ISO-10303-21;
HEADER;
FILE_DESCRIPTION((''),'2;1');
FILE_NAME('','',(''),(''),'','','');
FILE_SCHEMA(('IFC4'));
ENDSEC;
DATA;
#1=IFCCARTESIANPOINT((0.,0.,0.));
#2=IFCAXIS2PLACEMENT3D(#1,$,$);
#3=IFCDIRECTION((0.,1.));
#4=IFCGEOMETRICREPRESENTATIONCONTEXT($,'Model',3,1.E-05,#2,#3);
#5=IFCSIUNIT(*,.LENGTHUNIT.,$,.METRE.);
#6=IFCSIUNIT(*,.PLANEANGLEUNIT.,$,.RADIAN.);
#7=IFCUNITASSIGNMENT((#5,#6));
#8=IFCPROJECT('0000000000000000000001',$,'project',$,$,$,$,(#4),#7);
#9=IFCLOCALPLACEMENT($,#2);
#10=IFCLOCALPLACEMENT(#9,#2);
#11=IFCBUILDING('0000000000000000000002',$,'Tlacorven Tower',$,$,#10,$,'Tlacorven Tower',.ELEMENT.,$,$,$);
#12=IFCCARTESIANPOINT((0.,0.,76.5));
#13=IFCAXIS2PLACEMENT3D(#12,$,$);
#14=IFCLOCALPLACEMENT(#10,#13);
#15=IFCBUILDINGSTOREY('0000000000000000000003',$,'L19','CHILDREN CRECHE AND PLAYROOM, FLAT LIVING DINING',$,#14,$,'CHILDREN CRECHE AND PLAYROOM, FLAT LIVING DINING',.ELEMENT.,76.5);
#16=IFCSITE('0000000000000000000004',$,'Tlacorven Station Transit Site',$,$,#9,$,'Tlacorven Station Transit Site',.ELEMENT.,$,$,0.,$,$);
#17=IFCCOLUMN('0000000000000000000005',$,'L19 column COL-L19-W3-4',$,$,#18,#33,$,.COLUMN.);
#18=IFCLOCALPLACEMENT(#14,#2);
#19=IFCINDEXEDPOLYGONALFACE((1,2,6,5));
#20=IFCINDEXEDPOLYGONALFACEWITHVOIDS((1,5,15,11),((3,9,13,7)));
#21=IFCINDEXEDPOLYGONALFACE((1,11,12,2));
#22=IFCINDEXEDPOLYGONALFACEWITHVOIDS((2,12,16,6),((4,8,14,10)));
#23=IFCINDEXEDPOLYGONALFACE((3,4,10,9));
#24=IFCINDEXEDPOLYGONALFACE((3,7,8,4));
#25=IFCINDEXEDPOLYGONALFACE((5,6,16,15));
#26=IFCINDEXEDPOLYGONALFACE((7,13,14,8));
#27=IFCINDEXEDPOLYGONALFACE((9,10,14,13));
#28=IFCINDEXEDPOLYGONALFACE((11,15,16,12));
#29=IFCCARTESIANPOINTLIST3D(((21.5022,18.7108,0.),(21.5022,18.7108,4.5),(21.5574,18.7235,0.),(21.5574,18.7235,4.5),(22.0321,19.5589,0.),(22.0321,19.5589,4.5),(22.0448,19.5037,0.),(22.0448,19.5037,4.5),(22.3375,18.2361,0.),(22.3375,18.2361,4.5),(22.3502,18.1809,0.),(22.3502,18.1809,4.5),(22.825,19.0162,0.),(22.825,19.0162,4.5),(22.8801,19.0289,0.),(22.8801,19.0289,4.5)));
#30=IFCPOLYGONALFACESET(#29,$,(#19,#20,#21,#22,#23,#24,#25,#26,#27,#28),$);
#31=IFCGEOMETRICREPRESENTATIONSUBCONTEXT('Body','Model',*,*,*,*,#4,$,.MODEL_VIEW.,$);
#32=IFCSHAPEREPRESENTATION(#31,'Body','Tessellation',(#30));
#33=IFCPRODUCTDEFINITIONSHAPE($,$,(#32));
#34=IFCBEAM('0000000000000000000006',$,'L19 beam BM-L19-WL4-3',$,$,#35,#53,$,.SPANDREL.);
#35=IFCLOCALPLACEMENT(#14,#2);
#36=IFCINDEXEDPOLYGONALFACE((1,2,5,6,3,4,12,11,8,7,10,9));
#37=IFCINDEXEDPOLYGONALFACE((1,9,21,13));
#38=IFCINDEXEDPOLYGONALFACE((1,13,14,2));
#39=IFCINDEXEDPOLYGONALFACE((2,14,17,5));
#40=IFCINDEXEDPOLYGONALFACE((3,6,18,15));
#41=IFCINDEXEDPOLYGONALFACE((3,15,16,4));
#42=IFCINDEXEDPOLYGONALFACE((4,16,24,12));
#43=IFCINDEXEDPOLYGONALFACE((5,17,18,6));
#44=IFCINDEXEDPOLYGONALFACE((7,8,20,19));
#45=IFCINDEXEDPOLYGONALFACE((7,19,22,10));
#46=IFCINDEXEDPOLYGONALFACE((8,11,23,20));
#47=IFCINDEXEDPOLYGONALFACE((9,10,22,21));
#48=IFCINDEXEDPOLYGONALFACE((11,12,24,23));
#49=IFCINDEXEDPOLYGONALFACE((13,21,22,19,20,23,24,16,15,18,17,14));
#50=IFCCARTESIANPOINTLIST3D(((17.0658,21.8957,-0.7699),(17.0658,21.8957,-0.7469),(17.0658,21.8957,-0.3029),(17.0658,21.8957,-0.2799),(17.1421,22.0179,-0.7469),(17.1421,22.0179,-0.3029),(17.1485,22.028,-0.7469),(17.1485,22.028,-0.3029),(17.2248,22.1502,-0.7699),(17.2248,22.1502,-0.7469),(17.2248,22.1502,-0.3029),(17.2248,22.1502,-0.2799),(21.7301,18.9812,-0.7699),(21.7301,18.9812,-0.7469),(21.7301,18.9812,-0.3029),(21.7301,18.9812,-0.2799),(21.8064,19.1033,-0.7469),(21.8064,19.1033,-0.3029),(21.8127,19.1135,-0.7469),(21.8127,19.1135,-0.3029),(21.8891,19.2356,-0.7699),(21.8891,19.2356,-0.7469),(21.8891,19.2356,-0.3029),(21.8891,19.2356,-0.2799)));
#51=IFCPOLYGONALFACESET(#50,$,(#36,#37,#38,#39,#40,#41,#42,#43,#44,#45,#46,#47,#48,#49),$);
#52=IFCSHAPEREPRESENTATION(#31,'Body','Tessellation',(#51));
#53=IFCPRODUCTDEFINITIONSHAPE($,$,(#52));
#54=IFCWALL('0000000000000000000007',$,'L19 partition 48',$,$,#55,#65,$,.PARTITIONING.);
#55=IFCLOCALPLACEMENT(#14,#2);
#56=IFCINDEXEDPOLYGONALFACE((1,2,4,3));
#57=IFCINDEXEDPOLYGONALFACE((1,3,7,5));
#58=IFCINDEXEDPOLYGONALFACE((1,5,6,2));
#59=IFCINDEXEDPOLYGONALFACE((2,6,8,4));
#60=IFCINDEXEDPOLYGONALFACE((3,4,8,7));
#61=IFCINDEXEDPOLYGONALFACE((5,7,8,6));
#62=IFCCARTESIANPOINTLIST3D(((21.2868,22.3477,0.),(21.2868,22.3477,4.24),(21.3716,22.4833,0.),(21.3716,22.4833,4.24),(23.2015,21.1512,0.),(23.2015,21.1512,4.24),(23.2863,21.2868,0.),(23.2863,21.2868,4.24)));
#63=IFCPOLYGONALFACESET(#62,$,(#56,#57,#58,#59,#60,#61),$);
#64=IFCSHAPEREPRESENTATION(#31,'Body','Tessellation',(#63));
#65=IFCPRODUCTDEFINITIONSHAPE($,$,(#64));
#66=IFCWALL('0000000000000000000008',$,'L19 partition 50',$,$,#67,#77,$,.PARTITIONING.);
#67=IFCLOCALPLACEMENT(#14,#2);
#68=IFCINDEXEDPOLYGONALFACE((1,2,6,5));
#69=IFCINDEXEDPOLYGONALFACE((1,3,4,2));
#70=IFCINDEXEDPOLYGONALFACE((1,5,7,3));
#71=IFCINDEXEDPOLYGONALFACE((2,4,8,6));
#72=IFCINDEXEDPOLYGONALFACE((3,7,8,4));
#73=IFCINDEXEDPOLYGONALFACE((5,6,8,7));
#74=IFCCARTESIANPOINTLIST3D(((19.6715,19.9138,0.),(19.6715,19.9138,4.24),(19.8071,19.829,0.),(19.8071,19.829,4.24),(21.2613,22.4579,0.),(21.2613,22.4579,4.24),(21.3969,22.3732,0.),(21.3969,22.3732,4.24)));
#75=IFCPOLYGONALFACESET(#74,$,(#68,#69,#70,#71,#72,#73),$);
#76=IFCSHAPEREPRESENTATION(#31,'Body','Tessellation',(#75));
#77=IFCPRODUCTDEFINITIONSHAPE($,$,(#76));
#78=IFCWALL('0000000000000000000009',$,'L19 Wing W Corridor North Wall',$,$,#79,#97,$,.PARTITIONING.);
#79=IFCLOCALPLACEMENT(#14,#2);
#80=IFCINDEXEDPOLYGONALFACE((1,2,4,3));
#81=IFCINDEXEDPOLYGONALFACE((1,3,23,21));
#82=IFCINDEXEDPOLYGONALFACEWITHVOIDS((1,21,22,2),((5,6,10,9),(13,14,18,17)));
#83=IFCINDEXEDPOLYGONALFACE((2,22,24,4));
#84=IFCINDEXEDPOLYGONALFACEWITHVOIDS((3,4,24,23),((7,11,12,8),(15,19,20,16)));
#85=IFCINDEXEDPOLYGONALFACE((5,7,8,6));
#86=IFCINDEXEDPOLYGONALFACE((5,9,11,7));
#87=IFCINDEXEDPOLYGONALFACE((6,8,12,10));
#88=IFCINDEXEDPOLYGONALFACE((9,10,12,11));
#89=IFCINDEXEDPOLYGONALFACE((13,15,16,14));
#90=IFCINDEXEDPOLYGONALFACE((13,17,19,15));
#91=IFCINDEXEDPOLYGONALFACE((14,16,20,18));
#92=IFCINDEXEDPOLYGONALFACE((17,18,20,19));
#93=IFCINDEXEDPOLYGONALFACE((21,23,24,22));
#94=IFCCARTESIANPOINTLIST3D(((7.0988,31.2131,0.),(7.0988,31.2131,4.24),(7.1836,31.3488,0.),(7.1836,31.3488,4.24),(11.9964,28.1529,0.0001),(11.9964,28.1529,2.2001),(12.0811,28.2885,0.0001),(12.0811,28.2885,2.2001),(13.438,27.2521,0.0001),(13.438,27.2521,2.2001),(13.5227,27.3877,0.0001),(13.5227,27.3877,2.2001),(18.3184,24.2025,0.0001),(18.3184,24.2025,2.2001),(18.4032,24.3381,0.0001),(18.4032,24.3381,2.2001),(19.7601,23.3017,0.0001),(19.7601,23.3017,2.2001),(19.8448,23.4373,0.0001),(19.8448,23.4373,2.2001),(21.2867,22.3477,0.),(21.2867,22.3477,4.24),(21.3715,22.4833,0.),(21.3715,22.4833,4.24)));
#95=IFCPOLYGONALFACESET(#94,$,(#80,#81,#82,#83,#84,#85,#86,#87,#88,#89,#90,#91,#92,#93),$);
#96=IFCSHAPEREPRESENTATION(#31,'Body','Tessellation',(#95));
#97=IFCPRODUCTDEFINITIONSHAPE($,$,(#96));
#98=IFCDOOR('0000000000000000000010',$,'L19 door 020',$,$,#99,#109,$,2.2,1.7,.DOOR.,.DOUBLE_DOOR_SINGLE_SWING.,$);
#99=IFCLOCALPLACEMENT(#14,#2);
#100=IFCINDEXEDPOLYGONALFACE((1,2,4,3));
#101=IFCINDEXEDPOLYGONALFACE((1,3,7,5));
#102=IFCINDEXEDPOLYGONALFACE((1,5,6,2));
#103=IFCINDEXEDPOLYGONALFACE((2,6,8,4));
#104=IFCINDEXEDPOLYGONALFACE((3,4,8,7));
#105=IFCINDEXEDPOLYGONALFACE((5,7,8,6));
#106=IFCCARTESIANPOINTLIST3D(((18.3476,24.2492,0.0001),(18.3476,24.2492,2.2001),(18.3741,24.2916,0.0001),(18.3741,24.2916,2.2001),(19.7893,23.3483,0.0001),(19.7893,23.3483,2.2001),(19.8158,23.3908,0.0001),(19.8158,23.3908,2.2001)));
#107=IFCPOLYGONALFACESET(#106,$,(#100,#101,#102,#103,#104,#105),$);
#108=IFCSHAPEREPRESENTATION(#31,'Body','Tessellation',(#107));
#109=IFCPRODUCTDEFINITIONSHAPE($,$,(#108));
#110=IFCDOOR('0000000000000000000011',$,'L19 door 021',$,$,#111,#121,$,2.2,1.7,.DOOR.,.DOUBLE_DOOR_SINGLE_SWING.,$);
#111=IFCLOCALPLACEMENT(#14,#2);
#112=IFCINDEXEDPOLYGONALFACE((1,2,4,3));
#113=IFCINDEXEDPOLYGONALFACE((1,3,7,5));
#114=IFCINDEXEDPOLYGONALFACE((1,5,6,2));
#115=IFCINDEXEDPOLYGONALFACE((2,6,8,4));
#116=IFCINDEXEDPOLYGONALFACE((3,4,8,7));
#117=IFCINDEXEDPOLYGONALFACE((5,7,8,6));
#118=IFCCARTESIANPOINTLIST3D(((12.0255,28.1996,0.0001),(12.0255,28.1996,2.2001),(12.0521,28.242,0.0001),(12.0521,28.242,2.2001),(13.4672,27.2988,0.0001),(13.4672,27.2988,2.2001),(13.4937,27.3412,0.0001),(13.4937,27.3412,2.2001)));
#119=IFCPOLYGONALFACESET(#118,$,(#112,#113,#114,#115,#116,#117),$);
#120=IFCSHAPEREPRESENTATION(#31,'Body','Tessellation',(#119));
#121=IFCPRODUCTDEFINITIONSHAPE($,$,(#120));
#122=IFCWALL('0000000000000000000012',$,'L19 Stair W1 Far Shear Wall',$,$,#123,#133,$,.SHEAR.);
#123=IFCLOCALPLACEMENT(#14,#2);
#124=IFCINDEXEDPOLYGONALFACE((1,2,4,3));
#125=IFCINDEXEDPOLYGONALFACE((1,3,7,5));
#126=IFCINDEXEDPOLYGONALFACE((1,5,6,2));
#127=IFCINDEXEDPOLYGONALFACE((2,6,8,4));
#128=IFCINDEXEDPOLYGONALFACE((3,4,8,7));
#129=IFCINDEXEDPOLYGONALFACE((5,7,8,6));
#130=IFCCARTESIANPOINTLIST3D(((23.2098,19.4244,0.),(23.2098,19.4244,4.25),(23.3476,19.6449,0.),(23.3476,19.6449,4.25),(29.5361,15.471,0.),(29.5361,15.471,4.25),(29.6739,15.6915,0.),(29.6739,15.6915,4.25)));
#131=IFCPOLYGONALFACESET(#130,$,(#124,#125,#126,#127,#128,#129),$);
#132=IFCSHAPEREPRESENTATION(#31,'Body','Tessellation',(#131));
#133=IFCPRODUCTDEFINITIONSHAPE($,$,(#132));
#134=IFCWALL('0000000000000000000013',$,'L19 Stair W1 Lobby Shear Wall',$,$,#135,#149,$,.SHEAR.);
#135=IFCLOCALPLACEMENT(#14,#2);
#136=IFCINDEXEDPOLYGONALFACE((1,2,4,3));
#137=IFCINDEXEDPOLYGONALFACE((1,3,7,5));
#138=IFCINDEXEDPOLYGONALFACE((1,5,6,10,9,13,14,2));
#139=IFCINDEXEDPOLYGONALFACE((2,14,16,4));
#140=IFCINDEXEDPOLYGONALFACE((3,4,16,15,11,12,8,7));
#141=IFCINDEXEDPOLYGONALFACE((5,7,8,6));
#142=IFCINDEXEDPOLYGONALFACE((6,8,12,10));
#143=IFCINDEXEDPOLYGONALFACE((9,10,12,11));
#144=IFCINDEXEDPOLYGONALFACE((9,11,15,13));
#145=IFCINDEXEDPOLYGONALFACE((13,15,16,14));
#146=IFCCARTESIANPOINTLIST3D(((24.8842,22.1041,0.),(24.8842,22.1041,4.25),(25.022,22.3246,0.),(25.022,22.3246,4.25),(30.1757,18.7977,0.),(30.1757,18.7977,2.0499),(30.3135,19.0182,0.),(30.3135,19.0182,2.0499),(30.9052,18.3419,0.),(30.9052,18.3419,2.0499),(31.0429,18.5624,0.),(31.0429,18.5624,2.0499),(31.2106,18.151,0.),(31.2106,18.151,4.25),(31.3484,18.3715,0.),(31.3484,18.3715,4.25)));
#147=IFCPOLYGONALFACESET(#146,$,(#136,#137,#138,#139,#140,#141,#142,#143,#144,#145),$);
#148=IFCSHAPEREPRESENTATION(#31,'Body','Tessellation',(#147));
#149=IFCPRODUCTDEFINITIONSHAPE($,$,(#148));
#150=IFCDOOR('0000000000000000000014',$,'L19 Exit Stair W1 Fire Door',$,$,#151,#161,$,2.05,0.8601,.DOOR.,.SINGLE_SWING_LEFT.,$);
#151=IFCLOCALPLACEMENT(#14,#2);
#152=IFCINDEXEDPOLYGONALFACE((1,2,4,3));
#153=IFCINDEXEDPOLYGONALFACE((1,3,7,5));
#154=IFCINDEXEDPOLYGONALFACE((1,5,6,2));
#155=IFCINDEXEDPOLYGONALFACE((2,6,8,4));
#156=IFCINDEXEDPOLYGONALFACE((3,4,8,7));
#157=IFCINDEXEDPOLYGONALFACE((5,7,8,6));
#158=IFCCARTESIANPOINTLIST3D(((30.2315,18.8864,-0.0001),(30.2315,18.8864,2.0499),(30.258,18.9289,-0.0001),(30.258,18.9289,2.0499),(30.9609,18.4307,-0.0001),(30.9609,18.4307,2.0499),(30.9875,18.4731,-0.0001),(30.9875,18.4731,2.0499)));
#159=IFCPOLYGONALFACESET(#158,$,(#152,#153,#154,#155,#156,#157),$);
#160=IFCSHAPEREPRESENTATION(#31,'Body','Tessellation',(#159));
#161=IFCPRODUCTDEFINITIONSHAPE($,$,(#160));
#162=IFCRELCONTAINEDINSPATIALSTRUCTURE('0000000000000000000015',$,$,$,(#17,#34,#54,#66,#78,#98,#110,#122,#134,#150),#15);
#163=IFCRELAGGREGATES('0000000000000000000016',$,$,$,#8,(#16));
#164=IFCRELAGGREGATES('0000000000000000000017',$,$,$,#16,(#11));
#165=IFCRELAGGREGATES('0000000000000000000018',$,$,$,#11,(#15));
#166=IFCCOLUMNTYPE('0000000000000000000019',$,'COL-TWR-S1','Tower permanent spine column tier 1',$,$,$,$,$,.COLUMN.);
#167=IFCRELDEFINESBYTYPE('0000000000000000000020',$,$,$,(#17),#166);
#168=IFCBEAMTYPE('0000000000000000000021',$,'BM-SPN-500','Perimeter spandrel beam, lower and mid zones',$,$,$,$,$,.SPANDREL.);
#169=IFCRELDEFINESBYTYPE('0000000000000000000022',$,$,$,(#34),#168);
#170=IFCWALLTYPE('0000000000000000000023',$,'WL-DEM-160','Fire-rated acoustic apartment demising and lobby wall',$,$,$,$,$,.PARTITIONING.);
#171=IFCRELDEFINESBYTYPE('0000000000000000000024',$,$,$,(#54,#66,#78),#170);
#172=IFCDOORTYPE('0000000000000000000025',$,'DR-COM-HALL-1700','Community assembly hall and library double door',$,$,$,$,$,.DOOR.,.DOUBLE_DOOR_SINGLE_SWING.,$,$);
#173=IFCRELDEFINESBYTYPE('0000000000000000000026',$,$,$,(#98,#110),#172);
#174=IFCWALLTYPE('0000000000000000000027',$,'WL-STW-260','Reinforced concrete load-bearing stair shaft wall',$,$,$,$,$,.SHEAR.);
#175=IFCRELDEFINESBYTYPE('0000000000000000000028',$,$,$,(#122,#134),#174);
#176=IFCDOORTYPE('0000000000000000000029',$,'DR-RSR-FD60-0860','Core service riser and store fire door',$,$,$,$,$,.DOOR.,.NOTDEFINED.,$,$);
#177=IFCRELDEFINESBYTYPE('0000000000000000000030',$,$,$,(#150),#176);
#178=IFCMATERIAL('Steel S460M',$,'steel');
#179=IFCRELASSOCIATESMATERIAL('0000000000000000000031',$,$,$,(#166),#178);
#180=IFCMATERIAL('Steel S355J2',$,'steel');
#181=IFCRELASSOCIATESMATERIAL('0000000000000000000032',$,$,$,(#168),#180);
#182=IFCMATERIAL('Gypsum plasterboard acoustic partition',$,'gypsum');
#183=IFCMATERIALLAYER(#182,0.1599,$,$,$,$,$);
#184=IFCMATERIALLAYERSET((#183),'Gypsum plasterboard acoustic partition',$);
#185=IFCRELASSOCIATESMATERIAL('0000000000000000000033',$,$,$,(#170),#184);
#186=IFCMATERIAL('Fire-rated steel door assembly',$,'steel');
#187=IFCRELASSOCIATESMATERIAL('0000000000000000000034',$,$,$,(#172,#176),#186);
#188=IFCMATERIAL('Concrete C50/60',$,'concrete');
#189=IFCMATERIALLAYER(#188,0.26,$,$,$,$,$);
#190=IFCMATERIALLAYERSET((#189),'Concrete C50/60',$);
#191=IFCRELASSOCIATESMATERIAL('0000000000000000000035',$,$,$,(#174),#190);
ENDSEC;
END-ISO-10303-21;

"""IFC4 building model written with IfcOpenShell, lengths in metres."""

from ifc_helpers import new_model, si_unit, direction, frame, frame_2d, origin, origin_2d, place, context, subcontext, project, spatial, rectangle, hollow_rectangle, i_section, extrude, source, transform, mapped, material, layer, layer_set, material_profile, profile_set, type_object, element, fill, save


model = new_model("IFC4")

# Units and contexts
model_context = context("Model", 3, precision=1e-05, world=origin(), true_north=direction((0.0, 1.0)))
body_context = subcontext(model_context, "Body", "Model", "MODEL_VIEW")
ifc_project = project(units=[si_unit("LENGTHUNIT", "METRE"), si_unit("PLANEANGLEUNIT", "RADIAN")], contexts=[model_context])

# Site, building, storey
site_placement = place(None, origin())
site = spatial("IfcSite", under=ifc_project, at=site_placement, Name="Tlacorven Station Transit Site", LongName="Tlacorven Station Transit Site", CompositionType="ELEMENT", RefElevation=0.0)
building_placement = place(site_placement, origin())
building = spatial("IfcBuilding", under=site, at=building_placement, Name="Tlacorven Tower", LongName="Tlacorven Tower", CompositionType="ELEMENT")
storey_placement = place(building_placement, frame((0.0, 0.0, 76.5)))
storey = spatial("IfcBuildingStorey", under=building, at=storey_placement, Name="L19", Description="CHILDREN CRECHE AND PLAYROOM, FLAT LIVING DINING", LongName="CHILDREN CRECHE AND PLAYROOM, FLAT LIVING DINING", CompositionType="ELEMENT", Elevation=76.5)

# Column
ifc_material_1 = material(Name="Steel S460M", Category="steel")
ifc_material_profile_1 = material_profile(ifc_material_1, hollow_rectangle(XDim=1.0, YDim=1.0, WallThickness=0.04, at=origin_2d()), Name="BOX 1000X1000X40")
ifc_profile_set_1 = profile_set([ifc_material_profile_1], Name="Steel S460M")
column_type = type_object("IfcColumnType", Name="COL-TWR-S1", Description="Tower permanent spine column tier 1", PredefinedType="COLUMN", material=ifc_profile_set_1)
shared_shape_1 = source(origin(), body_context, "Body", "SweptSolid", [
    extrude(hollow_rectangle(XDim=1.0, YDim=1.0, WallThickness=0.04, at=origin_2d()), origin(), (0.0, 0.0, 1.0), 4.5),
])
column_placement = place(storey_placement, frame((22.1912, 18.8699, 0.0), z_axis=(0.0, 0.0, 1.0), x_axis=(-0.848048, 0.529919, 0.0)))
element("IfcColumn", 1, at=column_placement, inside=storey, type_object=column_type, Name="L19 column COL-L19-W3-4", PredefinedType="COLUMN", context=body_context, shape_type="MappedRepresentation", body=[
    mapped(shared_shape_1, transform((0.0, 0.0, 0.0), scale=1.0)),
])

# Beam
ifc_material_2 = material(Name="Steel S355J2", Category="steel")
ifc_material_profile_2 = material_profile(ifc_material_2, i_section(OverallWidth=0.3, OverallDepth=0.49, WebThickness=0.012, FlangeThickness=0.0229, at=origin_2d()), Name="HEA 500")
ifc_profile_set_2 = profile_set([ifc_material_profile_2], Name="Steel S355J2")
beam_type = type_object("IfcBeamType", Name="BM-SPN-500", Description="Perimeter spandrel beam, lower and mid zones", PredefinedType="SPANDREL", material=ifc_profile_set_2)
shared_shape_2 = source(origin(), body_context, "Body", "SweptSolid", [
    extrude(i_section(OverallWidth=0.3, OverallDepth=0.49, WebThickness=0.012, FlangeThickness=0.0229, at=origin_2d()), origin(), (0.0, 0.0, 1.0), 5.5),
])
beam_placement = place(storey_placement, frame((21.8096, 19.1084, -0.5249), z_axis=(-0.848051, 0.529915, 0.0), x_axis=(-0.529915, -0.848051, 0.0)))
element("IfcBeam", 2, at=beam_placement, inside=storey, type_object=beam_type, Name="L19 beam BM-L19-WL4-3", PredefinedType="SPANDREL", context=body_context, shape_type="MappedRepresentation", body=[
    mapped(shared_shape_2, transform((0.0, 0.0, 0.0), scale=1.0)),
])

# Walls
ifc_material_3 = material(Name="Gypsum plasterboard acoustic partition", Category="gypsum")
ifc_layer_1 = layer(ifc_material_3, 0.1599)
ifc_layer_set_1 = layer_set([ifc_layer_1], Name="Gypsum plasterboard acoustic partition")
wall_type_1 = type_object("IfcWallType", Name="WL-DEM-160", Description="Fire-rated acoustic apartment demising and lobby wall", PredefinedType="PARTITIONING", material=ifc_layer_set_1)
wall_1_placement = place(storey_placement, frame((23.2439, 21.219, 0.0), z_axis=(0.0, 0.0, 1.0), x_axis=(-0.848041, 0.529931, 0.0)))
element("IfcWall", 3, at=wall_1_placement, inside=storey, type_object=wall_type_1, Name="L19 partition 48", PredefinedType="PARTITIONING", context=body_context, shape_type="SweptSolid", body=[
    extrude(rectangle(XDim=2.2578, YDim=0.1599, at=frame_2d((1.1289, 0.0))), origin(), (0.0, 0.0, 1.0), 4.24),
])
wall_2_placement = place(storey_placement, frame((21.3291, 22.4155, 0.0), z_axis=(0.0, 0.0, 1.0), x_axis=(-0.529933, -0.848039, 0.0)))
element("IfcWall", 4, at=wall_2_placement, inside=storey, type_object=wall_type_1, Name="L19 partition 50", PredefinedType="PARTITIONING", context=body_context, shape_type="SweptSolid", body=[
    extrude(rectangle(XDim=3.0, YDim=0.1599, at=frame_2d((1.5, 0.0))), origin(), (0.0, 0.0, 1.0), 4.24),
])

# Wall, openings, doors
wall_3_placement = place(storey_placement, frame((21.3291, 22.4155, 0.0), z_axis=(0.0, 0.0, 1.0), x_axis=(-0.848052, 0.529912, 0.0)))
wall_3 = element("IfcWall", 5, at=wall_3_placement, inside=storey, type_object=wall_type_1, Name="L19 Wing W Corridor North Wall", PredefinedType="PARTITIONING", context=body_context, shape_type="SweptSolid", body=[
    extrude(rectangle(XDim=16.73, YDim=0.1599, at=frame_2d((8.365, 0.0))), origin(), (0.0, 0.0, 1.0), 4.24),
])
opening_1_placement = place(wall_3_placement, frame((1.8, 0.0, 0.0)))
opening_1 = element("IfcOpeningElement", 6, at=opening_1_placement, cuts=wall_3, PredefinedType="OPENING", context=body_context, shape_type="SweptSolid", body=[
    extrude(rectangle(XDim=1.7, YDim=2.2, at=frame_2d((0.8501, 1.1001))), frame((0.0, 0.0898, 0.0), z_axis=(0.0, -1.0, 0.0), x_axis=(1.0, 0.0, 0.0)), (0.0, 0.0, 1.0), 0.1799),
])
opening_2_placement = place(wall_3_placement, frame((9.2549, 0.0, 0.0)))
opening_2 = element("IfcOpeningElement", 7, at=opening_2_placement, cuts=wall_3, PredefinedType="OPENING", context=body_context, shape_type="SweptSolid", body=[
    extrude(rectangle(XDim=1.7, YDim=2.2, at=frame_2d((0.8501, 1.1001))), frame((0.0, 0.0898, 0.0), z_axis=(0.0, -1.0, 0.0), x_axis=(1.0, 0.0, 0.0)), (0.0, 0.0, 1.0), 0.1799),
])
ifc_material_4 = material(Name="Fire-rated steel door assembly", Category="steel")
door_type_1 = type_object("IfcDoorType", Name="DR-COM-HALL-1700", Description="Community assembly hall and library double door", OperationType="DOUBLE_DOOR_SINGLE_SWING", PredefinedType="DOOR", material=ifc_material_4)
shared_shape_3 = source(origin(), body_context, "Body", "SweptSolid", [
    extrude(rectangle(XDim=1.7, YDim=2.2, at=frame_2d((0.8501, 1.1001))), frame((0.0, 0.0249, 0.0), z_axis=(0.0, -1.0, 0.0), x_axis=(1.0, 0.0, 0.0)), (0.0, 0.0, 1.0), 0.05),
])
door_1_placement = place(opening_1_placement, origin())
door_1 = element("IfcDoor", 8, at=door_1_placement, inside=storey, type_object=door_type_1, Name="L19 door 020", OperationType="DOUBLE_DOOR_SINGLE_SWING", OverallHeight=2.2, OverallWidth=1.7, PredefinedType="DOOR", context=body_context, shape_type="MappedRepresentation", body=[
    mapped(shared_shape_3, transform((0.0, 0.0, 0.0), scale=1.0)),
])
fill(opening_1, door_1)
door_2_placement = place(opening_2_placement, origin())
door_2 = element("IfcDoor", 9, at=door_2_placement, inside=storey, type_object=door_type_1, Name="L19 door 021", OperationType="DOUBLE_DOOR_SINGLE_SWING", OverallHeight=2.2, OverallWidth=1.7, PredefinedType="DOOR", context=body_context, shape_type="MappedRepresentation", body=[
    mapped(shared_shape_3, transform((0.0, 0.0, 0.0), scale=1.0)),
])
fill(opening_2, door_2)

# Wall
ifc_material_5 = material(Name="Concrete C50/60", Category="concrete")
ifc_layer_2 = layer(ifc_material_5, 0.26)
ifc_layer_set_2 = layer_set([ifc_layer_2], Name="Concrete C50/60")
wall_type_2 = type_object("IfcWallType", Name="WL-STW-260", Description="Reinforced concrete load-bearing stair shaft wall", PredefinedType="SHEAR", material=ifc_layer_set_2)
wall_4_placement = place(storey_placement, frame((29.605, 15.5813, 0.0), z_axis=(0.0, 0.0, 1.0), x_axis=(-0.848037, 0.529937, 0.0)))
element("IfcWall", 10, at=wall_4_placement, inside=storey, type_object=wall_type_2, Name="L19 Stair W1 Far Shear Wall", PredefinedType="SHEAR", context=body_context, shape_type="SweptSolid", body=[
    extrude(rectangle(XDim=7.46, YDim=0.26, at=frame_2d((3.73, 0.0))), origin(), (0.0, 0.0, 1.0), 4.25),
])

# Wall, opening, door
wall_5_placement = place(storey_placement, frame((31.2795, 18.2612, 0.0), z_axis=(0.0, 0.0, 1.0), x_axis=(-0.848052, 0.529914, 0.0)))
wall_5 = element("IfcWall", 11, at=wall_5_placement, inside=storey, type_object=wall_type_2, Name="L19 Stair W1 Lobby Shear Wall", PredefinedType="SHEAR", context=body_context, shape_type="SweptSolid", body=[
    extrude(rectangle(XDim=7.46, YDim=0.26, at=frame_2d((3.73, 0.0))), origin(), (0.0, 0.0, 1.0), 4.25),
])
opening_3_placement = place(wall_5_placement, frame((0.3601, 0.0, 0.0)))
opening_3 = element("IfcOpeningElement", 12, at=opening_3_placement, cuts=wall_5, PredefinedType="OPENING", context=body_context, shape_type="SweptSolid", body=[
    extrude(rectangle(XDim=0.8601, YDim=2.05, at=frame_2d((0.4302, 1.0249))), frame((0.0, 0.1401, 0.0), z_axis=(0.0, -1.0, 0.0), x_axis=(1.0, 0.0, 0.0)), (0.0, 0.0, 1.0), 0.28),
])
door_type_2 = type_object("IfcDoorType", Name="DR-RSR-FD60-0860", Description="Core service riser and store fire door", OperationType="NOTDEFINED", PredefinedType="DOOR", material=ifc_material_4)
shared_shape_4 = source(origin(), body_context, "Body", "SweptSolid", [
    extrude(rectangle(XDim=0.8601, YDim=2.05, at=frame_2d((0.4302, 1.0249))), frame((0.0, 0.0249, 0.0), z_axis=(0.0, -1.0, 0.0), x_axis=(1.0, 0.0, 0.0)), (0.0, 0.0, 1.0), 0.05),
])
door_3_placement = place(opening_3_placement, frame((0.8601, 0.0, 0.0), z_axis=(0.0, 0.0, 1.0), x_axis=(-1.0, 0.0, 0.0)))
door_3 = element("IfcDoor", 13, at=door_3_placement, inside=storey, type_object=door_type_2, Name="L19 Exit Stair W1 Fire Door", OperationType="SINGLE_SWING_LEFT", OverallHeight=2.05, OverallWidth=0.8601, PredefinedType="DOOR", context=body_context, shape_type="MappedRepresentation", body=[
    mapped(shared_shape_4, transform((0.0, 0.0, 0.0), scale=1.0)),
])
fill(opening_3, door_3)

save(model, "model.ifc")
